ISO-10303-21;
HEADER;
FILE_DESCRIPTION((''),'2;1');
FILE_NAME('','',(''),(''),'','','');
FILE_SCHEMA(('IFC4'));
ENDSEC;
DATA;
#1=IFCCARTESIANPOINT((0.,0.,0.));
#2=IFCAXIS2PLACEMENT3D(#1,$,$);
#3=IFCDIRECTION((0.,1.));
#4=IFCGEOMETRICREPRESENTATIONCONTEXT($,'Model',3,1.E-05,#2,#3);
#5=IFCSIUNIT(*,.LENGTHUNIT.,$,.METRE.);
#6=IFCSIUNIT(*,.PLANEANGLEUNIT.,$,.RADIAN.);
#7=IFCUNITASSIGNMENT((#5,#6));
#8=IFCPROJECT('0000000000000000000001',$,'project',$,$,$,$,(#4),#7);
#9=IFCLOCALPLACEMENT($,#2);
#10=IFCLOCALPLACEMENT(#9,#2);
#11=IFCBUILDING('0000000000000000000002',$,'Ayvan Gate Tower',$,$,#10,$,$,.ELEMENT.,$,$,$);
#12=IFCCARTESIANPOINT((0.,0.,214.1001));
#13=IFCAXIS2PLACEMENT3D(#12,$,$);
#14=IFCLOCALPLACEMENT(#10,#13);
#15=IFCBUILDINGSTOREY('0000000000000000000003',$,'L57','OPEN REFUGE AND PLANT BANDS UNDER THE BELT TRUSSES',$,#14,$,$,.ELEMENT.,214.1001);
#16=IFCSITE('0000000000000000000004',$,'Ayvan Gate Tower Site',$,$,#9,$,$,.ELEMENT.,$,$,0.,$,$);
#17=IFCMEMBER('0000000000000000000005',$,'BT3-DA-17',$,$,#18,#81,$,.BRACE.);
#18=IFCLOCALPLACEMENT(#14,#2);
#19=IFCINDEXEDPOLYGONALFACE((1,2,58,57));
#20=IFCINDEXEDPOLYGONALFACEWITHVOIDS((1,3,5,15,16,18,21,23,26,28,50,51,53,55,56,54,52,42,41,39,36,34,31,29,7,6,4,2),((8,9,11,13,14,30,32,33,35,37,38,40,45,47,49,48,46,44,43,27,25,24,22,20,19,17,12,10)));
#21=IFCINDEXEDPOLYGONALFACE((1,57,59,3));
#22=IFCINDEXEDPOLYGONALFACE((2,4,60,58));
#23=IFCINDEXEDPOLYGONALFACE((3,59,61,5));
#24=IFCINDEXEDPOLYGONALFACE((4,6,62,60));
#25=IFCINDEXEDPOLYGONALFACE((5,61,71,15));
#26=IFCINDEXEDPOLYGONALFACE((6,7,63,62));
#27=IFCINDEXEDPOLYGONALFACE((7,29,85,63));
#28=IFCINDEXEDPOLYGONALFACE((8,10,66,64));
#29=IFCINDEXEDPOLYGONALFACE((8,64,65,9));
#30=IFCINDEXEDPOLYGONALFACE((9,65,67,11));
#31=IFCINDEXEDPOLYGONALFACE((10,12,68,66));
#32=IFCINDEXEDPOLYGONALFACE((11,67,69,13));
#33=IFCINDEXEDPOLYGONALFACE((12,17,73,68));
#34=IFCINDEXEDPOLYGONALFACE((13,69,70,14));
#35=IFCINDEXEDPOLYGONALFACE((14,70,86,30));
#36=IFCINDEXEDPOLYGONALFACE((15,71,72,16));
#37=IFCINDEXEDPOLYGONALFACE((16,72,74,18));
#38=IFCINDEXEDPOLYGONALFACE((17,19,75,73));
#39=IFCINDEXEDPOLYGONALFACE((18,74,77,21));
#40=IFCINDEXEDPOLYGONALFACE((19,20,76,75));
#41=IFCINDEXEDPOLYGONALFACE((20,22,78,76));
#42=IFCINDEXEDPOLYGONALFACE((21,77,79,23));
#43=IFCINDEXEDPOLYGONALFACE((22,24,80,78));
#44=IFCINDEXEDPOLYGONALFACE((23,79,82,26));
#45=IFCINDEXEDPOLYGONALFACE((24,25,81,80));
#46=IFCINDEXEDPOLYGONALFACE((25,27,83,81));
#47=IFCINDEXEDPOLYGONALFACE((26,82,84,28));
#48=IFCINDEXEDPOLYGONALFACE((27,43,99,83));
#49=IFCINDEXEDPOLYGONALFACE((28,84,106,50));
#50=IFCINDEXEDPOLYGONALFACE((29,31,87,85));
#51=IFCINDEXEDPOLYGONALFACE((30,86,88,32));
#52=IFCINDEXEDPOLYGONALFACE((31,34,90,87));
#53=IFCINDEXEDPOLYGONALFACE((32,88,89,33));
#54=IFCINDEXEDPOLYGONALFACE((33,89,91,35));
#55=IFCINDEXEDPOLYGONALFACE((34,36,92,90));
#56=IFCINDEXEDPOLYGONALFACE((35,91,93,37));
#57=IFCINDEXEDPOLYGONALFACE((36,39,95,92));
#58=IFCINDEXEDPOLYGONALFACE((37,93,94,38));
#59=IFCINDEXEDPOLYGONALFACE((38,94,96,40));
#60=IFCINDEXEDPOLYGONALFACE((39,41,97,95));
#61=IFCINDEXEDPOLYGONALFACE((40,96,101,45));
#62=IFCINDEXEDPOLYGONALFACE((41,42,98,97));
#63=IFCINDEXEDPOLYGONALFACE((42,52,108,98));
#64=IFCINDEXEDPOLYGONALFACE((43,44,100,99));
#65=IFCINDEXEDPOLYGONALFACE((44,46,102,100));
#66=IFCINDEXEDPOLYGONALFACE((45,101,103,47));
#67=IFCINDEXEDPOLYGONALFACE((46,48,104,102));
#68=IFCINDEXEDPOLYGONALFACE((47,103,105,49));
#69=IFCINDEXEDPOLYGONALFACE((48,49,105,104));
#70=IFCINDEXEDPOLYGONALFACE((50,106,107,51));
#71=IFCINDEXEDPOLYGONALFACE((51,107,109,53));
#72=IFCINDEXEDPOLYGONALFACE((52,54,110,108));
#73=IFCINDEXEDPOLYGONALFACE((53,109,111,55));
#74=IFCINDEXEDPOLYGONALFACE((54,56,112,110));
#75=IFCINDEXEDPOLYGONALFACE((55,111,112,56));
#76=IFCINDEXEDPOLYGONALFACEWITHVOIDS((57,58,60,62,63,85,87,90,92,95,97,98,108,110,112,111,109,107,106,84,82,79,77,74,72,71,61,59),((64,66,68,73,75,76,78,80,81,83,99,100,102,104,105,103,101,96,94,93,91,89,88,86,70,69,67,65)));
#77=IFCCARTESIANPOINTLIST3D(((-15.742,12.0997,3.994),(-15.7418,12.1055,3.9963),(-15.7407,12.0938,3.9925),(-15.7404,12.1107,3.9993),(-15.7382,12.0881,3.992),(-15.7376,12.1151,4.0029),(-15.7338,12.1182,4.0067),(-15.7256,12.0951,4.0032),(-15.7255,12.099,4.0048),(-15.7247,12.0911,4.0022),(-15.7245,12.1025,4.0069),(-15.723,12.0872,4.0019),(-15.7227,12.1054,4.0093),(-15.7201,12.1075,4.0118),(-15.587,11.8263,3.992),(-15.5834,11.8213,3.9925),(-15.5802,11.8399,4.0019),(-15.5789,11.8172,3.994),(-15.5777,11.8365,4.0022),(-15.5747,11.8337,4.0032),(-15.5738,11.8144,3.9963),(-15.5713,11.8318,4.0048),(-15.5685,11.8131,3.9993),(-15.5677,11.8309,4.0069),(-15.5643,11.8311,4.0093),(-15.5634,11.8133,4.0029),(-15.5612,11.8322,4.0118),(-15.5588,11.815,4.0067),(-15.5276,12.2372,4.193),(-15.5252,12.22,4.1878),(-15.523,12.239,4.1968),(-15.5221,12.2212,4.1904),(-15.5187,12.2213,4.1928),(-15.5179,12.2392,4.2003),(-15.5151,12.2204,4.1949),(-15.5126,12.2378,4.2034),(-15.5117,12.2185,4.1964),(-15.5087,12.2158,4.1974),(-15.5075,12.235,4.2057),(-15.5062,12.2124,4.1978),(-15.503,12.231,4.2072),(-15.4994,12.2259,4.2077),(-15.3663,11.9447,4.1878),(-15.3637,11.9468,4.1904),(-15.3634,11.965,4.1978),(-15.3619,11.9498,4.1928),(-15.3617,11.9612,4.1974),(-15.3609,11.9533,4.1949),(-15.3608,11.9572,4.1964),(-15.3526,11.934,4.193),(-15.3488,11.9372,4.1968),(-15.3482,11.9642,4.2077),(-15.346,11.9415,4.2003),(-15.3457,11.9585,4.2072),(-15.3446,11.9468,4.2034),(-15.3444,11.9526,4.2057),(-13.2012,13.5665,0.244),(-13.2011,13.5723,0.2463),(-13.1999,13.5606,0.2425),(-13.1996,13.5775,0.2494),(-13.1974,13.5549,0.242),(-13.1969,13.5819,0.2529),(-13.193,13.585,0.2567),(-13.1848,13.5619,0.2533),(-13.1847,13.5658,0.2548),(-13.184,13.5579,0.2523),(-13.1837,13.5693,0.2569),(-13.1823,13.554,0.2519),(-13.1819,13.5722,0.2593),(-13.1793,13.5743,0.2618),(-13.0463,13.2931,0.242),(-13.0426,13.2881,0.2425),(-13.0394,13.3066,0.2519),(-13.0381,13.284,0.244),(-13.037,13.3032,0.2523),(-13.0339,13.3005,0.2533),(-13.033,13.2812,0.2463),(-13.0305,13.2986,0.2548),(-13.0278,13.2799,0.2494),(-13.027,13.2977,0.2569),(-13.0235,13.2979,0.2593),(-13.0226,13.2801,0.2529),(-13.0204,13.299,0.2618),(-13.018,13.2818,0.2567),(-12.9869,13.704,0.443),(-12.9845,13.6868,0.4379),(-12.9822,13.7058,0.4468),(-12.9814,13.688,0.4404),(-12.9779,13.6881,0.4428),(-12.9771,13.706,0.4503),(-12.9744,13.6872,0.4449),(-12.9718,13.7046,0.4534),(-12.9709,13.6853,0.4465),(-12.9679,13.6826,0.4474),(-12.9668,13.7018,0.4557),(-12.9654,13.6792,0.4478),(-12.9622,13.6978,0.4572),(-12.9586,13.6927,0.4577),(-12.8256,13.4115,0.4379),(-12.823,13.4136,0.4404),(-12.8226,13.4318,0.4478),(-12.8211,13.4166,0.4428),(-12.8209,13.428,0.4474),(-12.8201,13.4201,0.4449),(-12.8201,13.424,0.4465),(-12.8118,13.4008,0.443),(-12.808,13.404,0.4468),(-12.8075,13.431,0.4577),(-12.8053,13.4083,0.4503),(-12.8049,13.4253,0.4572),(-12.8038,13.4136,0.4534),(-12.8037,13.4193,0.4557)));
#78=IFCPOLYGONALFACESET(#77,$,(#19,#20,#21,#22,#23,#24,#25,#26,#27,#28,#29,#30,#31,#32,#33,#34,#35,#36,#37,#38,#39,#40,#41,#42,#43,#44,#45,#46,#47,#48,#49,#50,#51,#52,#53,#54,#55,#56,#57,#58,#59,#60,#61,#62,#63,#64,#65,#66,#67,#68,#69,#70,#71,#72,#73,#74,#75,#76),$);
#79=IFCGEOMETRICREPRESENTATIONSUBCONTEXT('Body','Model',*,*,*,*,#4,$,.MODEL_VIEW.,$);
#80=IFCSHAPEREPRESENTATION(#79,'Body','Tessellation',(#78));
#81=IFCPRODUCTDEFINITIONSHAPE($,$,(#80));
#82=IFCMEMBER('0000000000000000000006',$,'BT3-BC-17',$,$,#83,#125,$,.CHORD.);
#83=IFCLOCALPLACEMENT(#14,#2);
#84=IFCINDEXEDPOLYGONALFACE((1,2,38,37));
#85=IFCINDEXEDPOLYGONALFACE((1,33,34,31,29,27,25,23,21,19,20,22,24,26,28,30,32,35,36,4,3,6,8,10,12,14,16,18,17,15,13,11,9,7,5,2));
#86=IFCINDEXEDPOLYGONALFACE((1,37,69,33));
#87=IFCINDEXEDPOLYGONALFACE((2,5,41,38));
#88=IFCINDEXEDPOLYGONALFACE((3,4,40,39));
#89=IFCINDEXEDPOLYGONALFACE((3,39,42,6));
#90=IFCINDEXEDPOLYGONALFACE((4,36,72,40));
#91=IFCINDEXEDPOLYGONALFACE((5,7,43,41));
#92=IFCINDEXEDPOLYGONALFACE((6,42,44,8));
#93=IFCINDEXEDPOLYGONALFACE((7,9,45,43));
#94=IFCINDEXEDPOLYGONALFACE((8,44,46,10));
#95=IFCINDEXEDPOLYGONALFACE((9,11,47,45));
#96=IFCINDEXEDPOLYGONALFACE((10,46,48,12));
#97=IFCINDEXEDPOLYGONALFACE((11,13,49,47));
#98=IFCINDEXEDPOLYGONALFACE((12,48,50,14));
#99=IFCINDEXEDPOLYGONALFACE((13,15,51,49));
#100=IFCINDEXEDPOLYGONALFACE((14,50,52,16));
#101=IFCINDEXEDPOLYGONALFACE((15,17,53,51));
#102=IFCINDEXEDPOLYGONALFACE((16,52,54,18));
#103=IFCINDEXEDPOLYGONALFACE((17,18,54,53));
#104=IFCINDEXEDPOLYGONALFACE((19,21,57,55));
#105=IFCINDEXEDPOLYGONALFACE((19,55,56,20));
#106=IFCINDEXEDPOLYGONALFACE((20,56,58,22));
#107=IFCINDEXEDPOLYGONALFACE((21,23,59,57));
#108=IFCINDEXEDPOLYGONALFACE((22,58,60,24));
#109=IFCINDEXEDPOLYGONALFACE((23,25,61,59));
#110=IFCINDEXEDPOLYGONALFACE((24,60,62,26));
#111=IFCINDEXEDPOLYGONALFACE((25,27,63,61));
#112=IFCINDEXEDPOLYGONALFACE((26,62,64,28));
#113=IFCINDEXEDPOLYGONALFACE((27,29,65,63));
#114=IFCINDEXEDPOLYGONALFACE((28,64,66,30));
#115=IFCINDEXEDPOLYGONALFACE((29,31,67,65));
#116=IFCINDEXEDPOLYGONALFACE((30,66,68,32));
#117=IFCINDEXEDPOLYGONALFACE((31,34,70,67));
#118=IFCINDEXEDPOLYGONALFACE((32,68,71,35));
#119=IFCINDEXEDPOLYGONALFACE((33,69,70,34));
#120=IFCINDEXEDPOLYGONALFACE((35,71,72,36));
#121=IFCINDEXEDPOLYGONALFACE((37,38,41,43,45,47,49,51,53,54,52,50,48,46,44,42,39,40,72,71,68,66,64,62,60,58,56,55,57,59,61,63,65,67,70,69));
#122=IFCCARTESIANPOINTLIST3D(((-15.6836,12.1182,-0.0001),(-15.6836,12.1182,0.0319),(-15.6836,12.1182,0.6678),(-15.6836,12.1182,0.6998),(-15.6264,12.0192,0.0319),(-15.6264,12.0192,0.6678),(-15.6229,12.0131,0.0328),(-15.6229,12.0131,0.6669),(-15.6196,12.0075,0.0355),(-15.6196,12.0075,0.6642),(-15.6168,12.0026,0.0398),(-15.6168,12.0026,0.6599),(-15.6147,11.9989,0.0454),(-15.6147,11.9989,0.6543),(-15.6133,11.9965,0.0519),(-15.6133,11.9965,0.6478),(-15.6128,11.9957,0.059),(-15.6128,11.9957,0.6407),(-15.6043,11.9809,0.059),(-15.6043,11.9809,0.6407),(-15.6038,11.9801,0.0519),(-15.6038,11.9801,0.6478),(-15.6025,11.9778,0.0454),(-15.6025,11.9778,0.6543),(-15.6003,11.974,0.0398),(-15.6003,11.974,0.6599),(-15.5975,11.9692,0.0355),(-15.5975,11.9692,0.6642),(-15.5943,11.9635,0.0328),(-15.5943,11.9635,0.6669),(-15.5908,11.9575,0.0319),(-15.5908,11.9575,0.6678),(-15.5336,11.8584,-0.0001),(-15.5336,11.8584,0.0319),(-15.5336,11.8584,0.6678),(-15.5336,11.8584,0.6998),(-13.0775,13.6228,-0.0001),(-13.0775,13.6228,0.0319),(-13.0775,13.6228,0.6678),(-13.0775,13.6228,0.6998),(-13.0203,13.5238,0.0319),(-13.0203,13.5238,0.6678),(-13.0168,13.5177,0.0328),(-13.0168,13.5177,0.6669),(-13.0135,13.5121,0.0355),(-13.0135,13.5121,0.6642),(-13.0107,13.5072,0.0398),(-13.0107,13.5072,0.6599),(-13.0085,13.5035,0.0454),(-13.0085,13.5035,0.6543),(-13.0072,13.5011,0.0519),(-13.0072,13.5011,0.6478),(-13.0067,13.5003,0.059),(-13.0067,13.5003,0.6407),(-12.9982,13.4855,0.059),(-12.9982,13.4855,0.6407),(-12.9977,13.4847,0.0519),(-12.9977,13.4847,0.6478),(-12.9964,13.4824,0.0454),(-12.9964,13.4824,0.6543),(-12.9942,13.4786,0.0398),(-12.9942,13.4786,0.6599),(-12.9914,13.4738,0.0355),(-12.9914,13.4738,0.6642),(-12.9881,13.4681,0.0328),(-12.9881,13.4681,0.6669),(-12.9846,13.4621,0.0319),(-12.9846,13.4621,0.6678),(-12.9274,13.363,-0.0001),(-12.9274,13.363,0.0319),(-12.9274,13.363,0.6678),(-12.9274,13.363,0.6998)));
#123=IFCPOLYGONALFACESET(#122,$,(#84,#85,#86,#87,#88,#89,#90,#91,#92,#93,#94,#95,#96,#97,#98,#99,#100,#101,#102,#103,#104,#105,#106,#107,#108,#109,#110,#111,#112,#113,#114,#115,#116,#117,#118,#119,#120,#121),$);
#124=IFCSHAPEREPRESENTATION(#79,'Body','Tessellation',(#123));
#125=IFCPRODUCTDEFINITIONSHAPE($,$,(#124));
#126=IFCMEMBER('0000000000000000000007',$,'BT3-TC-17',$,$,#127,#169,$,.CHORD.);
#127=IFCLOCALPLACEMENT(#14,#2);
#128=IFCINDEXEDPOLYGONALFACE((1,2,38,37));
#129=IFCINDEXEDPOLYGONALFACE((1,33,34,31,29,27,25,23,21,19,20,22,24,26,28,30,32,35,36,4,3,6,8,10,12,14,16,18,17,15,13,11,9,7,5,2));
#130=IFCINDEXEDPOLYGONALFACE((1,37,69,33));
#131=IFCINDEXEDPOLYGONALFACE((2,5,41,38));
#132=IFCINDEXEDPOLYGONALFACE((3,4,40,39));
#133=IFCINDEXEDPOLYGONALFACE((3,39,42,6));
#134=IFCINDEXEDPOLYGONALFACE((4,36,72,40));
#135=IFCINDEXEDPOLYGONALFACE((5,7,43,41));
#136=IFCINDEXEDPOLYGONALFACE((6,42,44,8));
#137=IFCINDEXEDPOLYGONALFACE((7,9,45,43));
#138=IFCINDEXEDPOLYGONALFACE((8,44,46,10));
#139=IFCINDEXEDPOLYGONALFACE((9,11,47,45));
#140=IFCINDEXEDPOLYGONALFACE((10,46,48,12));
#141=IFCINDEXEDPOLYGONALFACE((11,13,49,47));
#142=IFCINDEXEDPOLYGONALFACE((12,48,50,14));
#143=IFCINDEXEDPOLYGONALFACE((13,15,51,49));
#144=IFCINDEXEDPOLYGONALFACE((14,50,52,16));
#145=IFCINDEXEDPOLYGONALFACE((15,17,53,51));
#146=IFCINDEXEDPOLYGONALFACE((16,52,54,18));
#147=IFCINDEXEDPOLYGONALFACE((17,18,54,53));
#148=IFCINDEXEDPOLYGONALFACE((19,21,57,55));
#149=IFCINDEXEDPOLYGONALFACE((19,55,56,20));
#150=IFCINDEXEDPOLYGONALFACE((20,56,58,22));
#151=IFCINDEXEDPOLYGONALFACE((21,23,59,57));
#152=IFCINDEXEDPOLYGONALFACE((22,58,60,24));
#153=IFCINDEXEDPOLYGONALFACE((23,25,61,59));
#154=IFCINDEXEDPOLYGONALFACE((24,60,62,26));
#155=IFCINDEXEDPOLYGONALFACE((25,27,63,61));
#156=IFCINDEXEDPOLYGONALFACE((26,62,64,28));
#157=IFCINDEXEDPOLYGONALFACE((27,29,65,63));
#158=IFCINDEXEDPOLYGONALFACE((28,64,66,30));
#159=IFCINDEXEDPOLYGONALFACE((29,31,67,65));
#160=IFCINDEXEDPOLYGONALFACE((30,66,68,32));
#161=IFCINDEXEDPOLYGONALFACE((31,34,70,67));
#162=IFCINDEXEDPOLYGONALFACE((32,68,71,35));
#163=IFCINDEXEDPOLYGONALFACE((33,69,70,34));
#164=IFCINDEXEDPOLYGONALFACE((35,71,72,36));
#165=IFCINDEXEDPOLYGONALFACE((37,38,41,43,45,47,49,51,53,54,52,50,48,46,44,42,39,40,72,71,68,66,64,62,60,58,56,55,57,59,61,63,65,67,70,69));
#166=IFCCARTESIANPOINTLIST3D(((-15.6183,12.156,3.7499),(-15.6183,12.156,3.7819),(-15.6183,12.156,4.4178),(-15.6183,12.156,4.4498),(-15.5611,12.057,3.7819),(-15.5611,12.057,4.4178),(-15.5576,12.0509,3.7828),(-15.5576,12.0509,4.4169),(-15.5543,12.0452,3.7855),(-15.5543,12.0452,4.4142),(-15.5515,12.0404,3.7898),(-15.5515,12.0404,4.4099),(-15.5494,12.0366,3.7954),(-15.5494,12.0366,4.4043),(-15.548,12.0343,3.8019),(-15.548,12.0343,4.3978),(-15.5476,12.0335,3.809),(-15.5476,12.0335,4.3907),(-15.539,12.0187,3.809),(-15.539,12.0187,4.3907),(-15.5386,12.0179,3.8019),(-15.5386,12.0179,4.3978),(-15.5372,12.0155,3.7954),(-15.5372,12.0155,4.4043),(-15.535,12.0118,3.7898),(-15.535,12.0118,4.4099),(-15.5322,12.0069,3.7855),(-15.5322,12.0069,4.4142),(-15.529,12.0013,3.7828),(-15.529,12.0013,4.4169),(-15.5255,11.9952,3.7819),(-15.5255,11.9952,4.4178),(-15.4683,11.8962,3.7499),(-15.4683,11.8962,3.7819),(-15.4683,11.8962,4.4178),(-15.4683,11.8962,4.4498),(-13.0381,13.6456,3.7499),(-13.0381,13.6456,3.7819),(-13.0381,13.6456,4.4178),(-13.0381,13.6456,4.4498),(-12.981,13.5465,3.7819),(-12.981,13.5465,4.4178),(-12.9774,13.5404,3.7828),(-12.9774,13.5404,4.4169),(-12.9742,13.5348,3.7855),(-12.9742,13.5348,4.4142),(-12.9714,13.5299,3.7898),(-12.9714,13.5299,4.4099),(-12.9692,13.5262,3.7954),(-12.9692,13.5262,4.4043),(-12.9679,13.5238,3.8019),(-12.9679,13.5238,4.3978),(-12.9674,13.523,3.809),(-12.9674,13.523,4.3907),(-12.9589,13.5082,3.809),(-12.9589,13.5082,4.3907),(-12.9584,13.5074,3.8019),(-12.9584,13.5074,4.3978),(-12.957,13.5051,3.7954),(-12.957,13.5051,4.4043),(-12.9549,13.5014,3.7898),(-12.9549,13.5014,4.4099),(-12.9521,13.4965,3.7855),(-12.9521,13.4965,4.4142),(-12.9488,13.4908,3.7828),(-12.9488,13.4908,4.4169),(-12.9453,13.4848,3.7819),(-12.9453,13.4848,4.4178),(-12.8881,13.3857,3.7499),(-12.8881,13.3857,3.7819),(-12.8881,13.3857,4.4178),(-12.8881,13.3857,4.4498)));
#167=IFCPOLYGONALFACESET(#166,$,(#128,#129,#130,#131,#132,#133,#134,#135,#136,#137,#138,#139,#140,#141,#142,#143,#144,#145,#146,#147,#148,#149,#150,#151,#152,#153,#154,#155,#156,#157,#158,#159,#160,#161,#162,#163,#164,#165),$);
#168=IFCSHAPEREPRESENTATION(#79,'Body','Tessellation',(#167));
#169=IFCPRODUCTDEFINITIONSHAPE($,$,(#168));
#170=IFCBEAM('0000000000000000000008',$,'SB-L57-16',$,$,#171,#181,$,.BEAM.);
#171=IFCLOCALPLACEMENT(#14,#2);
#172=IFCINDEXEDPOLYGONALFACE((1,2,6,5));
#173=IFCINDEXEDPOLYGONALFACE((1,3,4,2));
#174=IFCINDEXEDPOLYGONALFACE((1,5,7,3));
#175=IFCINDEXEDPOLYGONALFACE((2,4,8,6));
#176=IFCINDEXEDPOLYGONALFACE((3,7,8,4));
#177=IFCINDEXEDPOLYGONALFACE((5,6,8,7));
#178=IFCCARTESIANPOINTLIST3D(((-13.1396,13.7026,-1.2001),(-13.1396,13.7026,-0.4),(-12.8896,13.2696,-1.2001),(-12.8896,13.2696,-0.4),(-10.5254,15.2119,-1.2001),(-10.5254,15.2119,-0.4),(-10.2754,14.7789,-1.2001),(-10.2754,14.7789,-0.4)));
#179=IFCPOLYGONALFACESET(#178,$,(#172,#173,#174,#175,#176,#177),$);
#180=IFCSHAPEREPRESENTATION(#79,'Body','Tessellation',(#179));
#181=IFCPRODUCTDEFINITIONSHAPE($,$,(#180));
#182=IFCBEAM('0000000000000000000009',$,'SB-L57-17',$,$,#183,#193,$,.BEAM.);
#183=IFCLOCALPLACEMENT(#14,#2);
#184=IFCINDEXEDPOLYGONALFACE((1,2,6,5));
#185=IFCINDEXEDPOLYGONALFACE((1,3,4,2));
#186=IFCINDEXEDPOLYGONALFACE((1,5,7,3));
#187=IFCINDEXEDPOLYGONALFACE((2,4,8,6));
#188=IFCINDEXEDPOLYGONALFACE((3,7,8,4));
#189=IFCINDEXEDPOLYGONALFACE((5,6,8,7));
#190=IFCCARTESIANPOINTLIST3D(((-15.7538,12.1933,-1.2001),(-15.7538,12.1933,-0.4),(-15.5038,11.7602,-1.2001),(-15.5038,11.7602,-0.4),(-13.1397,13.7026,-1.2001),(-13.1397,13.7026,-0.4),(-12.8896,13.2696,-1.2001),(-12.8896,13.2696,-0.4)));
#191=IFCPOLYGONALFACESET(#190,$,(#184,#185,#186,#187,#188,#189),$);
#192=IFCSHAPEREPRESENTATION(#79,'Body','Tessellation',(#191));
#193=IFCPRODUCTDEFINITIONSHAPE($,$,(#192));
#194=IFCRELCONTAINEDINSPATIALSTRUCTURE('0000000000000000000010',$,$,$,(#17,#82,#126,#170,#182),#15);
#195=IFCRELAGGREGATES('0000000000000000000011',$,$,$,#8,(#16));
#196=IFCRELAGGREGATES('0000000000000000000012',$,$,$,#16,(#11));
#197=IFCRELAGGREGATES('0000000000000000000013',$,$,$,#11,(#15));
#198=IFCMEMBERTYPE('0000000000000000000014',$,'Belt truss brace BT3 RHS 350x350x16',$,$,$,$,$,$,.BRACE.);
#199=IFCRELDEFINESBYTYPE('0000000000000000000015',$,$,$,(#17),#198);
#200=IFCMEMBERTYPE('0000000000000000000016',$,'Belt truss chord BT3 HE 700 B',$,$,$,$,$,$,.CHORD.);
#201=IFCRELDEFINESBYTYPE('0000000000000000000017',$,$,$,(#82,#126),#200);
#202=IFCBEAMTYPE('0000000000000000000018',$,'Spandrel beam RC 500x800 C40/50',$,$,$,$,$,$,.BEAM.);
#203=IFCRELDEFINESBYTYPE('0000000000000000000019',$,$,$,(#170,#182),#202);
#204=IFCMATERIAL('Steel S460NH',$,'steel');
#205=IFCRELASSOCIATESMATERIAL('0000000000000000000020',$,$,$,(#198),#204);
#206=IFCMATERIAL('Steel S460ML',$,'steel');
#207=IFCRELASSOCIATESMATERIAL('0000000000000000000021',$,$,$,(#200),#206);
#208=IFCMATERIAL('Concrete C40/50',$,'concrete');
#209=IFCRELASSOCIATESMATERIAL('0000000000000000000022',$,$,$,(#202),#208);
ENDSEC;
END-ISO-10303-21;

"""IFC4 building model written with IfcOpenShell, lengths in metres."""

from ifc_helpers import new_model, si_unit, direction, frame, origin, origin_2d, place, context, subcontext, project, spatial, rectangle, hollow_rectangle, i_section, extrude, material, material_profile, profile_set, type_object, element, save


model = new_model("IFC4")

# Units and contexts
model_context = context("Model", 3, precision=1e-05, world=origin(), true_north=direction((0.0, 1.0)))
body_context = subcontext(model_context, "Body", "Model", "MODEL_VIEW")
ifc_project = project(units=[si_unit("LENGTHUNIT", "METRE"), si_unit("PLANEANGLEUNIT", "RADIAN")], contexts=[model_context])

# Site, building, storey
site_placement = place(None, origin())
site = spatial("IfcSite", under=ifc_project, at=site_placement, Name="Ayvan Gate Tower Site", CompositionType="ELEMENT", RefElevation=0.0)
building_placement = place(site_placement, origin())
building = spatial("IfcBuilding", under=site, at=building_placement, Name="Ayvan Gate Tower", CompositionType="ELEMENT")
storey_placement = place(building_placement, frame((0.0, 0.0, 214.1001)))
storey = spatial("IfcBuildingStorey", under=building, at=storey_placement, Name="L57", Description="OPEN REFUGE AND PLANT BANDS UNDER THE BELT TRUSSES", CompositionType="ELEMENT", Elevation=214.1001)

# Members
ifc_material_1 = material(Name="Steel S460NH", Category="steel")
ifc_material_profile_1 = material_profile(ifc_material_1, hollow_rectangle(XDim=0.3501, YDim=0.3501, WallThickness=0.0161, InnerFilletRadius=0.0161, OuterFilletRadius=0.0239, at=origin_2d()), Name="RHS 350x350x16")
ifc_profile_set_1 = profile_set([ifc_material_profile_1], Name="Steel S460NH")
member_type_1 = type_object("IfcMemberType", Name="Belt truss brace BT3 RHS 350x350x16", PredefinedType="BRACE", material=ifc_profile_set_1)
member_1_placement = place(storey_placement, frame((-13.0024, 13.4929, 0.3499), z_axis=(-0.533635, -0.30807, 0.787608), x_axis=(0.49997, -0.866043, 0.0)))
element("IfcMember", 1, at=member_1_placement, inside=storey, type_object=member_type_1, Name="BT3-DA-17", PredefinedType="BRACE", context=body_context, shape_type="SweptSolid", body=[
    extrude(hollow_rectangle(XDim=0.3501, YDim=0.3501, WallThickness=0.0161, InnerFilletRadius=0.0161, OuterFilletRadius=0.0239, at=origin_2d()), origin(), (0.0, 0.0, 1.0), 4.7612),
])
ifc_material_2 = material(Name="Steel S460ML", Category="steel")
ifc_material_profile_2 = material_profile(ifc_material_2, i_section(OverallWidth=0.3, OverallDepth=0.7, WebThickness=0.0171, FlangeThickness=0.032, FilletRadius=0.0271, at=origin_2d()), Name="HE 700 B")
ifc_profile_set_2 = profile_set([ifc_material_profile_2], Name="Steel S460ML")
member_type_2 = type_object("IfcMemberType", Name="Belt truss chord BT3 HE 700 B", PredefinedType="CHORD", material=ifc_profile_set_2)
member_2_placement = place(storey_placement, frame((-13.0024, 13.4929, 0.3499), z_axis=(-0.866033, -0.499987, 0.0), x_axis=(0.499987, -0.866033, 0.0)))
element("IfcMember", 2, at=member_2_placement, inside=storey, type_object=member_type_2, Name="BT3-BC-17", PredefinedType="CHORD", context=body_context, shape_type="SweptSolid", body=[
    extrude(i_section(OverallWidth=0.3, OverallDepth=0.7, WebThickness=0.0171, FlangeThickness=0.032, FilletRadius=0.0271, at=origin_2d()), origin(), (0.0, 0.0, 1.0), 3.0093),
])
member_3_placement = place(storey_placement, frame((-12.9631, 13.5156, 4.0999), z_axis=(-0.866041, -0.499973, 0.0), x_axis=(0.499973, -0.866041, 0.0)))
element("IfcMember", 3, at=member_3_placement, inside=storey, type_object=member_type_2, Name="BT3-TC-17", PredefinedType="CHORD", context=body_context, shape_type="SweptSolid", body=[
    extrude(i_section(OverallWidth=0.3, OverallDepth=0.7, WebThickness=0.0171, FlangeThickness=0.032, FilletRadius=0.0271, at=origin_2d()), origin(), (0.0, 0.0, 1.0), 2.9792),
])

# Beams
ifc_material_3 = material(Name="Concrete C40/50", Category="concrete")
ifc_material_profile_3 = material_profile(ifc_material_3, rectangle(XDim=0.5, YDim=0.8, at=origin_2d()), Name="RC 500x800")
ifc_profile_set_3 = profile_set([ifc_material_profile_3], Name="Concrete C40/50")
beam_type_1 = type_object("IfcBeamType", Name="Spandrel beam RC 500x800 C40/50", PredefinedType="BEAM", material=ifc_profile_set_3)
for number, where, z_axis, x_axis, name in (
    (4, (-10.4004, 14.9954, -0.8), (-0.866035, -0.499984, 0.0), (0.499984, -0.866035, 0.0), "SB-L57-16"),
    (5, (-13.0146, 13.4861, -0.8), (-0.866015, -0.500019, 0.0), (0.500019, -0.866015, 0.0), "SB-L57-17"),
):
    element("IfcBeam", number, at=place(storey_placement, frame(where, z_axis=z_axis, x_axis=x_axis)), inside=storey, type_object=beam_type_1, Name=name, PredefinedType="BEAM", context=body_context, shape_type="SweptSolid", body=[
        extrude(rectangle(XDim=0.5, YDim=0.8, at=origin_2d()), origin(), (0.0, 0.0, 1.0), 3.0186),
    ])

save(model, "model.ifc")
